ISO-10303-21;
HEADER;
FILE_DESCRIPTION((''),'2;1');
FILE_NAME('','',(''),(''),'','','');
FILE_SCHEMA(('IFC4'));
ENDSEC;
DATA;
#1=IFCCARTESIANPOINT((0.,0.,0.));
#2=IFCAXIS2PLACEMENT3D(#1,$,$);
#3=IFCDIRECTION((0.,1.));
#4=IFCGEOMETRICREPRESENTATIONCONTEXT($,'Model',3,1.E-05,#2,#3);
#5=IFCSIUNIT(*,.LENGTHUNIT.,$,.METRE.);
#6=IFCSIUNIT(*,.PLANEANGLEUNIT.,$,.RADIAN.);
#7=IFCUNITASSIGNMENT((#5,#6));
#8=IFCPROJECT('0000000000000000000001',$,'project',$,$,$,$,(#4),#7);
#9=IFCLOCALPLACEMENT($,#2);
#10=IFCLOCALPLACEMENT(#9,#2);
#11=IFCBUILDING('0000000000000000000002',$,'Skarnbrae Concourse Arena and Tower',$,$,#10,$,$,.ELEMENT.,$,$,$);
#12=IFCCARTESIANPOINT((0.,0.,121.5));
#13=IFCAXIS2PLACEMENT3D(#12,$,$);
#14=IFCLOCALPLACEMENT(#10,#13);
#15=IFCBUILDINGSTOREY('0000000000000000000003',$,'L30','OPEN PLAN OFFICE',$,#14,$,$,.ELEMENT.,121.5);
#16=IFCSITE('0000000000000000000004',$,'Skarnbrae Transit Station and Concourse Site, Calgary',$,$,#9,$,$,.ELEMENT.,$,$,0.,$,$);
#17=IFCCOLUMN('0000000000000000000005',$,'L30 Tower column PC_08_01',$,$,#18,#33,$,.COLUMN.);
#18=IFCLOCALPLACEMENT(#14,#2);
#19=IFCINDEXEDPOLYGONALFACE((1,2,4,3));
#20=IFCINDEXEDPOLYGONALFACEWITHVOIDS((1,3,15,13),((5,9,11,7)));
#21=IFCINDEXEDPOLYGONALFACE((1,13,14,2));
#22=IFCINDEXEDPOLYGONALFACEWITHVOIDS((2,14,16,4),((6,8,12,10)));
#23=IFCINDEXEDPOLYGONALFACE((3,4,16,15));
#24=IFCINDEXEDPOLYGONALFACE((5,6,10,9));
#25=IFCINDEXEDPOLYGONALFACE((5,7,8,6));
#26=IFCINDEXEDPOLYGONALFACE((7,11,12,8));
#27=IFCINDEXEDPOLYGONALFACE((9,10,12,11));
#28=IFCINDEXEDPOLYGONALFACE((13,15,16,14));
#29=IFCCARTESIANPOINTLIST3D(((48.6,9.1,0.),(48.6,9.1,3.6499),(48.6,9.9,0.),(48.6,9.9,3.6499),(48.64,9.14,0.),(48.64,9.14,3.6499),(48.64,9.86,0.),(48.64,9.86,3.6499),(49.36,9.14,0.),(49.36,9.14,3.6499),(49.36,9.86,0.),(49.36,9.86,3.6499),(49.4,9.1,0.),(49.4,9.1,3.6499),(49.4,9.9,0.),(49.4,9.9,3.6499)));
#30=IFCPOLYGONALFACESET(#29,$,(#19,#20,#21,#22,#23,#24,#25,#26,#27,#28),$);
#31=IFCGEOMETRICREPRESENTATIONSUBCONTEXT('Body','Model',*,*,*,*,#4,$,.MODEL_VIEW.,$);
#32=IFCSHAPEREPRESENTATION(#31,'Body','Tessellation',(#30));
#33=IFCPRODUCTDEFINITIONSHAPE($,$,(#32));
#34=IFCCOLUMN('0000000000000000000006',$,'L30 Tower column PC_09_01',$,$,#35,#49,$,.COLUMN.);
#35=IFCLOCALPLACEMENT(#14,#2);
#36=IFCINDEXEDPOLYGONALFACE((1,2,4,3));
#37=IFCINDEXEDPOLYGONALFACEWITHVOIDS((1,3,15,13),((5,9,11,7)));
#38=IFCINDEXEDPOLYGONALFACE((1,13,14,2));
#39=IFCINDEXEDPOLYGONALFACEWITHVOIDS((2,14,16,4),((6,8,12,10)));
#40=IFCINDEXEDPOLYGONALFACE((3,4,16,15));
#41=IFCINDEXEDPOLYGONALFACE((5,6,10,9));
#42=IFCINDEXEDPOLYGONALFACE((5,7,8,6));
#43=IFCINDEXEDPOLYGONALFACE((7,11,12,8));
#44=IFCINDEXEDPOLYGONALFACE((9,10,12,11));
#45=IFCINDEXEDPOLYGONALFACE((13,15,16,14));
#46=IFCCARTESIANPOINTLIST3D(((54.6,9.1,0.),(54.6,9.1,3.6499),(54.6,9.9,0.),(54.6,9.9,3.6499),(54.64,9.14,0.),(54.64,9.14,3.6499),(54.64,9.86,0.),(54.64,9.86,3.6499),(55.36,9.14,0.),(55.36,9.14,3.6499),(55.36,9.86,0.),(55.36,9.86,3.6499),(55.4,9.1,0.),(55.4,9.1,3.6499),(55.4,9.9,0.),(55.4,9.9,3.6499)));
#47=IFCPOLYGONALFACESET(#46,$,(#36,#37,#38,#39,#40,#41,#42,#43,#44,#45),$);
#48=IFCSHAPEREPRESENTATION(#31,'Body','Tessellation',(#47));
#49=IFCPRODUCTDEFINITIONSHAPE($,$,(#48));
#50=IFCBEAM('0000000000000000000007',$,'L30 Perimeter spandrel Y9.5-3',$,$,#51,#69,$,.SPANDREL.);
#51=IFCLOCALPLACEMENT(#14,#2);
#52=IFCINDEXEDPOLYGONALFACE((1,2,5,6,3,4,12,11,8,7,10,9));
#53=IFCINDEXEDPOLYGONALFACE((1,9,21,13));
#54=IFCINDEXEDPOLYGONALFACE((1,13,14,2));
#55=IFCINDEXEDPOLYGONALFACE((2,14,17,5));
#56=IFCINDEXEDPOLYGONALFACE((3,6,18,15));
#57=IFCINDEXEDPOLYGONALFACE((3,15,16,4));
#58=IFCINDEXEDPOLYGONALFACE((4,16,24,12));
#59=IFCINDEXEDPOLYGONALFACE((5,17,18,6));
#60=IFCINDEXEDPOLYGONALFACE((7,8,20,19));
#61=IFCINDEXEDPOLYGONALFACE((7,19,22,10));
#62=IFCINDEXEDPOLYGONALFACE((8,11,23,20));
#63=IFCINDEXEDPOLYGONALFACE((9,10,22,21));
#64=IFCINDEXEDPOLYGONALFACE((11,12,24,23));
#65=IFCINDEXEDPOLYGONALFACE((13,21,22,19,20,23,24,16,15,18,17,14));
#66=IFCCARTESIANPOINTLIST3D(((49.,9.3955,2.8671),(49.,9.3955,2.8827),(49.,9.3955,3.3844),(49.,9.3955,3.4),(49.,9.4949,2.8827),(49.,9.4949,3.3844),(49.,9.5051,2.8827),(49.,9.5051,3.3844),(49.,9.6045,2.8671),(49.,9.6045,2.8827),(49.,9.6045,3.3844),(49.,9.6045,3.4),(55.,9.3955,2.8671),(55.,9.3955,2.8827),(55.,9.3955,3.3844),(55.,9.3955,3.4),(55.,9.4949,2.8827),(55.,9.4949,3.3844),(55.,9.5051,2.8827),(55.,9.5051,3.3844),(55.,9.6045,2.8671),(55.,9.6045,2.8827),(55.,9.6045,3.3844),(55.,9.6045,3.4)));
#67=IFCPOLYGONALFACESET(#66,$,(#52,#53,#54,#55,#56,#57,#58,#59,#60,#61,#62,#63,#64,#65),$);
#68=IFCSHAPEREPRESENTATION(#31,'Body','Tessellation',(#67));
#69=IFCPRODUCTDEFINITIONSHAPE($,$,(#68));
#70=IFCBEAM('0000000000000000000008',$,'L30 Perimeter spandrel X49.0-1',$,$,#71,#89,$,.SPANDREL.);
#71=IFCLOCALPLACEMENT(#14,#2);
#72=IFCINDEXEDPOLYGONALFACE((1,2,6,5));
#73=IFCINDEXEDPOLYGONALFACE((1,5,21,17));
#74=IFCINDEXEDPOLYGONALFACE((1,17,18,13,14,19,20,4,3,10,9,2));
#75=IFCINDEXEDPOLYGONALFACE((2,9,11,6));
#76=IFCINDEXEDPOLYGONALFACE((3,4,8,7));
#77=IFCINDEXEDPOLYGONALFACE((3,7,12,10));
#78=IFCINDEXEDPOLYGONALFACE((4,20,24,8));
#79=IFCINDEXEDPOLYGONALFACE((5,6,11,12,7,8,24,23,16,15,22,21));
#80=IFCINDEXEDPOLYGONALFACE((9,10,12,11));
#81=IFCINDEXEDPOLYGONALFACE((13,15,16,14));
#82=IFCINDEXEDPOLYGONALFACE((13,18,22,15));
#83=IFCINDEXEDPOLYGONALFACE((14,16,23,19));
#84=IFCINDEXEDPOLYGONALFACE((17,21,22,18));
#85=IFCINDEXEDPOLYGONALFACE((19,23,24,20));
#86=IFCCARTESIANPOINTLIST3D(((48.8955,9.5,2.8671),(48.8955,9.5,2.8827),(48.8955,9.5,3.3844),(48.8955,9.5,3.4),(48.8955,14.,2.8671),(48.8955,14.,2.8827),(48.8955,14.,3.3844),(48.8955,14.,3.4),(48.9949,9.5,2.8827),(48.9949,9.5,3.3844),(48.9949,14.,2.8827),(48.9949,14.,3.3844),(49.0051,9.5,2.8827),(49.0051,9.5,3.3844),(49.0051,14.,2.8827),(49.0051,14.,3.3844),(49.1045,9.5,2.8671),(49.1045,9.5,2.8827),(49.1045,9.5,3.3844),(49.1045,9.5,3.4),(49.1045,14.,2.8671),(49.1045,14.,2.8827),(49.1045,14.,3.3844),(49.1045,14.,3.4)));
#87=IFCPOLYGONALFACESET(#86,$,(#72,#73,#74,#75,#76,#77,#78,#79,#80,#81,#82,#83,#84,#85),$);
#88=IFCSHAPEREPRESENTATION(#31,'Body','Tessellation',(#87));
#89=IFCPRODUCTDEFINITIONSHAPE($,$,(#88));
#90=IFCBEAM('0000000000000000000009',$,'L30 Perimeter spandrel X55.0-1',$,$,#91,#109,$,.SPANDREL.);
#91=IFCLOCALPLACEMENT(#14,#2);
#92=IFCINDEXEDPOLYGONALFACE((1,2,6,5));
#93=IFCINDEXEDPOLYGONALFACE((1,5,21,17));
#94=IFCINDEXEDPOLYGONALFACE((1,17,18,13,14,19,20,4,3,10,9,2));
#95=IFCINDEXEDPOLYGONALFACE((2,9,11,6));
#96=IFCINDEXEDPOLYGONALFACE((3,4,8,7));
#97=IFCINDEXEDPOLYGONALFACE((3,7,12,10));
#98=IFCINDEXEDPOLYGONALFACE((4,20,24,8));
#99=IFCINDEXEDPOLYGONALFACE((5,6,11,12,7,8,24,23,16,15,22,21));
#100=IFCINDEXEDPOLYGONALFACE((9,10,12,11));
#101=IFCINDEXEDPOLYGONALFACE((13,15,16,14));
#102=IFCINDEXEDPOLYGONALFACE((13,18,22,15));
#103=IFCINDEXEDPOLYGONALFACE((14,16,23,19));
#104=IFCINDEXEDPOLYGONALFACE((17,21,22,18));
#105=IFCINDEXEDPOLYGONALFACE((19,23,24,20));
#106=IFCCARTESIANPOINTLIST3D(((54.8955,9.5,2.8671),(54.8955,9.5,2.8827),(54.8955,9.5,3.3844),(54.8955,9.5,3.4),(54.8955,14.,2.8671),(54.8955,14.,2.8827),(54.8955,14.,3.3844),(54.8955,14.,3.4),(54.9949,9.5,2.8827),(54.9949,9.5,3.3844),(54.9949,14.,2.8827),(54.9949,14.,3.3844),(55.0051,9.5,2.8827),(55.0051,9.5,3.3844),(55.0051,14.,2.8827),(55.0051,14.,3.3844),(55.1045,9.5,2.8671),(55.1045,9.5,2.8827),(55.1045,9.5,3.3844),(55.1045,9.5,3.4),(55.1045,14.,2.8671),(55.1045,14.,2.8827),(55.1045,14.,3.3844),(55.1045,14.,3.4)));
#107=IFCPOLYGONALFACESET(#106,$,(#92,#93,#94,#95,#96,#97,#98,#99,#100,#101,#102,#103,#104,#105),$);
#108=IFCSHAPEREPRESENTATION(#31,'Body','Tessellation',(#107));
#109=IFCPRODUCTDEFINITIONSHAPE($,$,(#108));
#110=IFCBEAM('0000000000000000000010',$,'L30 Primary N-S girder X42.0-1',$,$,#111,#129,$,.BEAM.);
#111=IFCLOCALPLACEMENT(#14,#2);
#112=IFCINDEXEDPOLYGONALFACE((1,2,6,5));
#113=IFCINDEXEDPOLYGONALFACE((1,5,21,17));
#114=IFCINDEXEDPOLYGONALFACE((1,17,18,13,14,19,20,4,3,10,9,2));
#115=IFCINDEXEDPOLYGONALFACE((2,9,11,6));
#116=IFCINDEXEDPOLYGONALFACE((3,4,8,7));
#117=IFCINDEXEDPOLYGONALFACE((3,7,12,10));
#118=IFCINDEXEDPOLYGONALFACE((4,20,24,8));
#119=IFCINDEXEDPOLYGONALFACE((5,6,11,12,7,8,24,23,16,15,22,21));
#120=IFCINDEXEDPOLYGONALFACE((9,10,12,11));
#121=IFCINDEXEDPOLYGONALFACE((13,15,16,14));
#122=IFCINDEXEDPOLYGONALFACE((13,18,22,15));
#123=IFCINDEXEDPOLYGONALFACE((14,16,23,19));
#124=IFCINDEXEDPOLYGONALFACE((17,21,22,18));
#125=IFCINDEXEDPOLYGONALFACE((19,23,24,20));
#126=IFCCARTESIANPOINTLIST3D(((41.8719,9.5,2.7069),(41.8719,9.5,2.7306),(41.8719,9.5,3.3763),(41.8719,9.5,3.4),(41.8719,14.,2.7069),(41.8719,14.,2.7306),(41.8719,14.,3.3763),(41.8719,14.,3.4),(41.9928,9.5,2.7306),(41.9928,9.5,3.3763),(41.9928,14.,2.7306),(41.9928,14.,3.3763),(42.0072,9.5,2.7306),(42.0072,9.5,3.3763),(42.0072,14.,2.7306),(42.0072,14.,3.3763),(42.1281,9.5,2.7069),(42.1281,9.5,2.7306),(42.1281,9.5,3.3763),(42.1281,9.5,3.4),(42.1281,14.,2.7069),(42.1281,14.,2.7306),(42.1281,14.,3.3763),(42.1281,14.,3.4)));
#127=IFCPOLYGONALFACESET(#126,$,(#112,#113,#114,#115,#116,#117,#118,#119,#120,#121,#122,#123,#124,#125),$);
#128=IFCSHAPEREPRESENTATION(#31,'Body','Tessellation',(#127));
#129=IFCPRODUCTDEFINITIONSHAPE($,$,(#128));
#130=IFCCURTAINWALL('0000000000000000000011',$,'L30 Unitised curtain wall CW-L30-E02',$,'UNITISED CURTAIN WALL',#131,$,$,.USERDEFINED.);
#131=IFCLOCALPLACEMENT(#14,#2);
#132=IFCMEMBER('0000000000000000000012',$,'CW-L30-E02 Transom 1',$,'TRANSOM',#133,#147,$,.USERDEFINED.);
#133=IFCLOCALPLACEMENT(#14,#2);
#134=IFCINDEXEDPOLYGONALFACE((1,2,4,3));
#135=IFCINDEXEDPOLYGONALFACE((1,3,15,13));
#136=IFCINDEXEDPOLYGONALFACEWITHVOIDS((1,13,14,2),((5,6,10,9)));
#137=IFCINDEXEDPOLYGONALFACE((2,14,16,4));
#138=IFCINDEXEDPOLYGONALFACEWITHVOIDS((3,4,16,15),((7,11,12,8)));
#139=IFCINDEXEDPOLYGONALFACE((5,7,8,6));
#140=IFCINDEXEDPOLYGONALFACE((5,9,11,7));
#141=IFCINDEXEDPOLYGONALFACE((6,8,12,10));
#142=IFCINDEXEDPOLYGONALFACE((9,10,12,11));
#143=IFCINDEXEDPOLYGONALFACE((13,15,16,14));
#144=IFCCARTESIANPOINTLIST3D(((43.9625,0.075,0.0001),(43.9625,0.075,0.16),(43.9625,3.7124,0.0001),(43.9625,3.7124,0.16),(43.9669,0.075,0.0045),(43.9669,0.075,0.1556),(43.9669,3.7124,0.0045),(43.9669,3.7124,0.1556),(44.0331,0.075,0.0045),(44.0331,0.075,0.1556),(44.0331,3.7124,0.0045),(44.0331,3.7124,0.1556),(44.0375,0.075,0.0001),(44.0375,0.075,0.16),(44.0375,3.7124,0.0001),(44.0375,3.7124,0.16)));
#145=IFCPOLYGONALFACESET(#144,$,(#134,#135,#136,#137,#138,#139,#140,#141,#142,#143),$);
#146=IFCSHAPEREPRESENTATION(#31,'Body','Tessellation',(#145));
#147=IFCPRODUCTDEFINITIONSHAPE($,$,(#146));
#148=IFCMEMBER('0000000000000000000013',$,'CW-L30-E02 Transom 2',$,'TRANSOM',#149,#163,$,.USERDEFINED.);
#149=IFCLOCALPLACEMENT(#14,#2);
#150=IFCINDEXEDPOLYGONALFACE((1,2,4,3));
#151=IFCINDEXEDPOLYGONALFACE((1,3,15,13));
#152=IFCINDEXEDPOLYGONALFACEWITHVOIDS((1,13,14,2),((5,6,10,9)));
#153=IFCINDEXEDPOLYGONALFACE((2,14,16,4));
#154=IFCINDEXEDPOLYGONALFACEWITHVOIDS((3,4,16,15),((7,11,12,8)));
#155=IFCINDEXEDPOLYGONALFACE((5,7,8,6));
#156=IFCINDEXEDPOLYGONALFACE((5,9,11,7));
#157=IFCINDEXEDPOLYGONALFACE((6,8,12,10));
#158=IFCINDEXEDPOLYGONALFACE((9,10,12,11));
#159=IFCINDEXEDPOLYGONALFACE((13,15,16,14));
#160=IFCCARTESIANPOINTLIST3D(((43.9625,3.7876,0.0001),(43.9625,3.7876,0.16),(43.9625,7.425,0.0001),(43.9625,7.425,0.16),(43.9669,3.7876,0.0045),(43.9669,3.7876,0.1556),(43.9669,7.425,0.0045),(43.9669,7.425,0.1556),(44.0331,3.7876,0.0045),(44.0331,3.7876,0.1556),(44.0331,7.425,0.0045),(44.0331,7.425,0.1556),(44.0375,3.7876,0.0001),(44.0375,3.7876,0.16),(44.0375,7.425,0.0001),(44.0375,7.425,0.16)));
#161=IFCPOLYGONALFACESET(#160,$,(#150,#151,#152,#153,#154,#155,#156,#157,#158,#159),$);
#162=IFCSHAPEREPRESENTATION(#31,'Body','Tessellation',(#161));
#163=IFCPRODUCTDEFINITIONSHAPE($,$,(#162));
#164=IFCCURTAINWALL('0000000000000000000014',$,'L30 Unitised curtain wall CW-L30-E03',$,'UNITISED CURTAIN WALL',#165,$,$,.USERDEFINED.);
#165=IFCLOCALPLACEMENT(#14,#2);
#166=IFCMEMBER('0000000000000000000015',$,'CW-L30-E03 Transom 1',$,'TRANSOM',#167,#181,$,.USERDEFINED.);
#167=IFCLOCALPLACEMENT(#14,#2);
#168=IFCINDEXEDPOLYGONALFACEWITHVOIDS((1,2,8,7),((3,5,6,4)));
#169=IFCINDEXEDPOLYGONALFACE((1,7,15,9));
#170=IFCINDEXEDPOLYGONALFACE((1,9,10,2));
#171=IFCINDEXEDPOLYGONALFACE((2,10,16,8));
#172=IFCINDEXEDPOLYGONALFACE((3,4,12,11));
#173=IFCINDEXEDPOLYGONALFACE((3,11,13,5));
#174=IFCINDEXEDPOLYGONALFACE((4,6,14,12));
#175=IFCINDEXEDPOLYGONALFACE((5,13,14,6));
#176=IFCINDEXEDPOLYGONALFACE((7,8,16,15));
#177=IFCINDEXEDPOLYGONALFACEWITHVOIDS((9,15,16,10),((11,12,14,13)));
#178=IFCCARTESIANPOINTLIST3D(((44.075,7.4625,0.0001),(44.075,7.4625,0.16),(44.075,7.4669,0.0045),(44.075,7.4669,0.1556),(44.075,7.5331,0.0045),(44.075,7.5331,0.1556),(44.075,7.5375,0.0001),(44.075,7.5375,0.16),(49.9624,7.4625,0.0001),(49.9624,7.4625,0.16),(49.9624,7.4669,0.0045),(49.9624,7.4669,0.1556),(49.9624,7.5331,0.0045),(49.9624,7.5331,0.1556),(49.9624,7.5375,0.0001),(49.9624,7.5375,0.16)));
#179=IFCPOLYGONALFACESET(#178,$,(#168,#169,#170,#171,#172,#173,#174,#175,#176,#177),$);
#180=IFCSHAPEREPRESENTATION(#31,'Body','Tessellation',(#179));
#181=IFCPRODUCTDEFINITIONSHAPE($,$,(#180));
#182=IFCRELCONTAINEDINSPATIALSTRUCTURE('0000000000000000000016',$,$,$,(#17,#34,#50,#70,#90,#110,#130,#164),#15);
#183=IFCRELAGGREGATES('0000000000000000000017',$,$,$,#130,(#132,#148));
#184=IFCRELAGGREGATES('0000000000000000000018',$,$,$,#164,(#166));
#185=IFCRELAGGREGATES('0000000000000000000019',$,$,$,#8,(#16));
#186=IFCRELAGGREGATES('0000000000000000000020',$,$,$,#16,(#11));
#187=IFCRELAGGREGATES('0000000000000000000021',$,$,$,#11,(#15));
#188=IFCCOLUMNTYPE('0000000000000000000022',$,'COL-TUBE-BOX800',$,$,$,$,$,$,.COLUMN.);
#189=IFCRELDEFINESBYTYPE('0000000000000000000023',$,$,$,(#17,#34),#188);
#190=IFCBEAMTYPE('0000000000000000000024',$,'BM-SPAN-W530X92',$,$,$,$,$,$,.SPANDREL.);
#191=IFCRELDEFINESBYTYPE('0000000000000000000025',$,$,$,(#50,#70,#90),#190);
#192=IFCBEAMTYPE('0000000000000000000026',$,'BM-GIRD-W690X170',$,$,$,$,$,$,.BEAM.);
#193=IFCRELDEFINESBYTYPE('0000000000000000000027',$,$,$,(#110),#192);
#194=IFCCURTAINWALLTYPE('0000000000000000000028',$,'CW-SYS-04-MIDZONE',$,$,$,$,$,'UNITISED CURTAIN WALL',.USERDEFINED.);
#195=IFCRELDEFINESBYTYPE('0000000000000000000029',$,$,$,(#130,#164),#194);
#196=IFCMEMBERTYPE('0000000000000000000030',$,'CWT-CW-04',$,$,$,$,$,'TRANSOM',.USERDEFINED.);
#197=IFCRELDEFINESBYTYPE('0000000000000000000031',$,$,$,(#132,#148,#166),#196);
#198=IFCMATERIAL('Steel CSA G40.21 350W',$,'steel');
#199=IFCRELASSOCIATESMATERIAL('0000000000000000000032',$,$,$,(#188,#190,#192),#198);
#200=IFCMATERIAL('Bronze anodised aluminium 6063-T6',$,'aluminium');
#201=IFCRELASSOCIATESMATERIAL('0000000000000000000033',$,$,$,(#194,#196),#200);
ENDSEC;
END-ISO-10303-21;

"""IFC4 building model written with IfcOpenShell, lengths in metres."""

from ifc_helpers import new_model, si_unit, direction, frame, origin, origin_2d, place, context, subcontext, project, spatial, hollow_rectangle, i_section, extrude, source, transform, mapped, material, material_profile, profile_set, type_object, element, aggregate, save


model = new_model("IFC4")

# Units and contexts
model_context = context("Model", 3, precision=1e-05, world=origin(), true_north=direction((0.0, 1.0)))
body_context = subcontext(model_context, "Body", "Model", "MODEL_VIEW")
ifc_project = project(units=[si_unit("LENGTHUNIT", "METRE"), si_unit("PLANEANGLEUNIT", "RADIAN")], contexts=[model_context])

# Site, building, storey
site_placement = place(None, origin())
site = spatial("IfcSite", under=ifc_project, at=site_placement, Name="Skarnbrae Transit Station and Concourse Site, Calgary", CompositionType="ELEMENT", RefElevation=0.0)
building_placement = place(site_placement, origin())
building = spatial("IfcBuilding", under=site, at=building_placement, Name="Skarnbrae Concourse Arena and Tower", CompositionType="ELEMENT")
storey_placement = place(building_placement, frame((0.0, 0.0, 121.5)))
storey = spatial("IfcBuildingStorey", under=building, at=storey_placement, Name="L30", Description="OPEN PLAN OFFICE", CompositionType="ELEMENT", Elevation=121.5)

# Columns
ifc_material_1 = material(Name="Steel CSA G40.21 350W", Category="steel")
ifc_material_profile_1 = material_profile(ifc_material_1, hollow_rectangle(XDim=0.8, YDim=0.8, WallThickness=0.04, at=origin_2d()), Name="BOX800X800X40")
ifc_profile_set_1 = profile_set([ifc_material_profile_1], Name="Steel CSA G40.21 350W")
column_type = type_object("IfcColumnType", Name="COL-TUBE-BOX800", PredefinedType="COLUMN", material=ifc_profile_set_1)
shared_shape_1 = source(origin(), body_context, "Body", "SweptSolid", [
    extrude(hollow_rectangle(XDim=0.8, YDim=0.8, WallThickness=0.04, at=origin_2d()), origin(), (0.0, 0.0, 1.0), 3.6499),
])
for number, where, z_axis, x_axis, name in (
    (1, (49.0, 9.5, 0.0), (0.0, 0.0, 1.0), (1.0, 0.0, 0.0), "L30 Tower column PC_08_01"),
    (2, (55.0, 9.5, 0.0), (0.0, 0.0, 1.0), (1.0, 0.0, 0.0), "L30 Tower column PC_09_01"),
):
    element("IfcColumn", number, at=place(storey_placement, frame(where, z_axis=z_axis, x_axis=x_axis)), inside=storey, type_object=column_type, Name=name, PredefinedType="COLUMN", context=body_context, shape_type="MappedRepresentation", body=[
        mapped(shared_shape_1, transform((0.0, 0.0, 0.0))),
    ])

# Beams
ifc_material_profile_2 = material_profile(ifc_material_1, i_section(OverallWidth=0.209, OverallDepth=0.533, WebThickness=0.0103, FlangeThickness=0.0156, at=origin_2d()), Name="W530X92")
ifc_profile_set_2 = profile_set([ifc_material_profile_2], Name="Steel CSA G40.21 350W")
beam_type_1 = type_object("IfcBeamType", Name="BM-SPAN-W530X92", PredefinedType="SPANDREL", material=ifc_profile_set_2)
shared_shape_2 = source(origin(), body_context, "Body", "SweptSolid", [
    extrude(i_section(OverallWidth=0.209, OverallDepth=0.533, WebThickness=0.0103, FlangeThickness=0.0156, at=origin_2d()), origin(), (0.0, 0.0, 1.0), 6.0),
])
beam_1_placement = place(storey_placement, frame((49.0, 9.5, 3.1335), z_axis=(1.0, 0.0, 0.0), x_axis=(0.0, 1.0, 0.0)))
element("IfcBeam", 3, at=beam_1_placement, inside=storey, type_object=beam_type_1, Name="L30 Perimeter spandrel Y9.5-3", PredefinedType="SPANDREL", context=body_context, shape_type="MappedRepresentation", body=[
    mapped(shared_shape_2, transform((0.0, 0.0, 0.0))),
])
shared_shape_3 = source(origin(), body_context, "Body", "SweptSolid", [
    extrude(i_section(OverallWidth=0.209, OverallDepth=0.533, WebThickness=0.0103, FlangeThickness=0.0156, at=origin_2d()), origin(), (0.0, 0.0, 1.0), 4.5),
])
for number, where, z_axis, x_axis, name in (
    (4, (49.0, 9.5, 3.1335), (0.0, 1.0, 0.0), (-1.0, 0.0, 0.0), "L30 Perimeter spandrel X49.0-1"),
    (5, (55.0, 9.5, 3.1335), (0.0, 1.0, 0.0), (-1.0, 0.0, 0.0), "L30 Perimeter spandrel X55.0-1"),
):
    element("IfcBeam", number, at=place(storey_placement, frame(where, z_axis=z_axis, x_axis=x_axis)), inside=storey, type_object=beam_type_1, Name=name, PredefinedType="SPANDREL", context=body_context, shape_type="MappedRepresentation", body=[
        mapped(shared_shape_3, transform((0.0, 0.0, 0.0))),
    ])
ifc_material_profile_3 = material_profile(ifc_material_1, i_section(OverallWidth=0.2561, OverallDepth=0.6931, WebThickness=0.0144, FlangeThickness=0.0237, at=origin_2d()), Name="W690X170")
ifc_profile_set_3 = profile_set([ifc_material_profile_3], Name="Steel CSA G40.21 350W")
beam_type_2 = type_object("IfcBeamType", Name="BM-GIRD-W690X170", PredefinedType="BEAM", material=ifc_profile_set_3)
shared_shape_4 = source(origin(), body_context, "Body", "SweptSolid", [
    extrude(i_section(OverallWidth=0.2561, OverallDepth=0.6931, WebThickness=0.0144, FlangeThickness=0.0237, at=origin_2d()), origin(), (0.0, 0.0, 1.0), 4.5),
])
beam_2_placement = place(storey_placement, frame((42.0, 9.5, 3.0535), z_axis=(0.0, 1.0, 0.0), x_axis=(-1.0, 0.0, 0.0)))
element("IfcBeam", 6, at=beam_2_placement, inside=storey, type_object=beam_type_2, Name="L30 Primary N-S girder X42.0-1", PredefinedType="BEAM", context=body_context, shape_type="MappedRepresentation", body=[
    mapped(shared_shape_4, transform((0.0, 0.0, 0.0))),
])

# Curtain walls, members
ifc_material_2 = material(Name="Bronze anodised aluminium 6063-T6", Category="aluminium")
curtain_wall_type = type_object("IfcCurtainWallType", Name="CW-SYS-04-MIDZONE", ElementType="UNITISED CURTAIN WALL", PredefinedType="USERDEFINED", material=ifc_material_2)
curtain_wall_1_placement = place(storey_placement, origin())
curtain_wall_1 = element("IfcCurtainWall", 7, at=curtain_wall_1_placement, inside=storey, type_object=curtain_wall_type, Name="L30 Unitised curtain wall CW-L30-E02", ObjectType="UNITISED CURTAIN WALL", PredefinedType="USERDEFINED")
ifc_material_profile_4 = material_profile(ifc_material_2, hollow_rectangle(XDim=0.075, YDim=0.1599, WallThickness=0.0044, at=origin_2d()), Name="ALU-TRAN-75X160")
ifc_profile_set_4 = profile_set([ifc_material_profile_4], Name="Bronze anodised aluminium 6063-T6")
member_type_1 = type_object("IfcMemberType", Name="CWT-CW-04", ElementType="TRANSOM", PredefinedType="USERDEFINED", material=ifc_profile_set_4)
shared_shape_5 = source(origin(), body_context, "Body", "SweptSolid", [
    extrude(hollow_rectangle(XDim=0.075, YDim=0.1599, WallThickness=0.0044, at=origin_2d()), origin(), (0.0, 0.0, 1.0), 3.6375),
])
member_1_placement = place(storey_placement, frame((44.0, 0.075, 0.0801), z_axis=(0.0, 1.0, 0.0), x_axis=(-1.0, 0.0, 0.0)))
member_1 = element("IfcMember", 8, at=member_1_placement, type_object=member_type_1, Name="CW-L30-E02 Transom 1", ObjectType="TRANSOM", PredefinedType="USERDEFINED", context=body_context, shape_type="MappedRepresentation", body=[
    mapped(shared_shape_5, transform((0.0, 0.0, 0.0))),
])
member_2_placement = place(storey_placement, frame((44.0, 3.7876, 0.0801), z_axis=(0.0, 1.0, 0.0), x_axis=(-1.0, 0.0, 0.0)))
member_2 = element("IfcMember", 9, at=member_2_placement, type_object=member_type_1, Name="CW-L30-E02 Transom 2", ObjectType="TRANSOM", PredefinedType="USERDEFINED", context=body_context, shape_type="MappedRepresentation", body=[
    mapped(shared_shape_5, transform((0.0, 0.0, 0.0))),
])
curtain_wall_2_placement = place(storey_placement, origin())
curtain_wall_2 = element("IfcCurtainWall", 10, at=curtain_wall_2_placement, inside=storey, type_object=curtain_wall_type, Name="L30 Unitised curtain wall CW-L30-E03", ObjectType="UNITISED CURTAIN WALL", PredefinedType="USERDEFINED")
shared_shape_6 = source(origin(), body_context, "Body", "SweptSolid", [
    extrude(hollow_rectangle(XDim=0.075, YDim=0.1599, WallThickness=0.0044, at=origin_2d()), origin(), (0.0, 0.0, 1.0), 5.8875),
])
member_3_placement = place(storey_placement, frame((44.075, 7.5, 0.0801), z_axis=(1.0, 0.0, 0.0), x_axis=(0.0, 1.0, 0.0)))
member_3 = element("IfcMember", 11, at=member_3_placement, type_object=member_type_1, Name="CW-L30-E03 Transom 1", ObjectType="TRANSOM", PredefinedType="USERDEFINED", context=body_context, shape_type="MappedRepresentation", body=[
    mapped(shared_shape_6, transform((0.0, 0.0, 0.0))),
])

aggregate(curtain_wall_1, [member_1, member_2])
aggregate(curtain_wall_2, [member_3])

save(model, "model.ifc")
